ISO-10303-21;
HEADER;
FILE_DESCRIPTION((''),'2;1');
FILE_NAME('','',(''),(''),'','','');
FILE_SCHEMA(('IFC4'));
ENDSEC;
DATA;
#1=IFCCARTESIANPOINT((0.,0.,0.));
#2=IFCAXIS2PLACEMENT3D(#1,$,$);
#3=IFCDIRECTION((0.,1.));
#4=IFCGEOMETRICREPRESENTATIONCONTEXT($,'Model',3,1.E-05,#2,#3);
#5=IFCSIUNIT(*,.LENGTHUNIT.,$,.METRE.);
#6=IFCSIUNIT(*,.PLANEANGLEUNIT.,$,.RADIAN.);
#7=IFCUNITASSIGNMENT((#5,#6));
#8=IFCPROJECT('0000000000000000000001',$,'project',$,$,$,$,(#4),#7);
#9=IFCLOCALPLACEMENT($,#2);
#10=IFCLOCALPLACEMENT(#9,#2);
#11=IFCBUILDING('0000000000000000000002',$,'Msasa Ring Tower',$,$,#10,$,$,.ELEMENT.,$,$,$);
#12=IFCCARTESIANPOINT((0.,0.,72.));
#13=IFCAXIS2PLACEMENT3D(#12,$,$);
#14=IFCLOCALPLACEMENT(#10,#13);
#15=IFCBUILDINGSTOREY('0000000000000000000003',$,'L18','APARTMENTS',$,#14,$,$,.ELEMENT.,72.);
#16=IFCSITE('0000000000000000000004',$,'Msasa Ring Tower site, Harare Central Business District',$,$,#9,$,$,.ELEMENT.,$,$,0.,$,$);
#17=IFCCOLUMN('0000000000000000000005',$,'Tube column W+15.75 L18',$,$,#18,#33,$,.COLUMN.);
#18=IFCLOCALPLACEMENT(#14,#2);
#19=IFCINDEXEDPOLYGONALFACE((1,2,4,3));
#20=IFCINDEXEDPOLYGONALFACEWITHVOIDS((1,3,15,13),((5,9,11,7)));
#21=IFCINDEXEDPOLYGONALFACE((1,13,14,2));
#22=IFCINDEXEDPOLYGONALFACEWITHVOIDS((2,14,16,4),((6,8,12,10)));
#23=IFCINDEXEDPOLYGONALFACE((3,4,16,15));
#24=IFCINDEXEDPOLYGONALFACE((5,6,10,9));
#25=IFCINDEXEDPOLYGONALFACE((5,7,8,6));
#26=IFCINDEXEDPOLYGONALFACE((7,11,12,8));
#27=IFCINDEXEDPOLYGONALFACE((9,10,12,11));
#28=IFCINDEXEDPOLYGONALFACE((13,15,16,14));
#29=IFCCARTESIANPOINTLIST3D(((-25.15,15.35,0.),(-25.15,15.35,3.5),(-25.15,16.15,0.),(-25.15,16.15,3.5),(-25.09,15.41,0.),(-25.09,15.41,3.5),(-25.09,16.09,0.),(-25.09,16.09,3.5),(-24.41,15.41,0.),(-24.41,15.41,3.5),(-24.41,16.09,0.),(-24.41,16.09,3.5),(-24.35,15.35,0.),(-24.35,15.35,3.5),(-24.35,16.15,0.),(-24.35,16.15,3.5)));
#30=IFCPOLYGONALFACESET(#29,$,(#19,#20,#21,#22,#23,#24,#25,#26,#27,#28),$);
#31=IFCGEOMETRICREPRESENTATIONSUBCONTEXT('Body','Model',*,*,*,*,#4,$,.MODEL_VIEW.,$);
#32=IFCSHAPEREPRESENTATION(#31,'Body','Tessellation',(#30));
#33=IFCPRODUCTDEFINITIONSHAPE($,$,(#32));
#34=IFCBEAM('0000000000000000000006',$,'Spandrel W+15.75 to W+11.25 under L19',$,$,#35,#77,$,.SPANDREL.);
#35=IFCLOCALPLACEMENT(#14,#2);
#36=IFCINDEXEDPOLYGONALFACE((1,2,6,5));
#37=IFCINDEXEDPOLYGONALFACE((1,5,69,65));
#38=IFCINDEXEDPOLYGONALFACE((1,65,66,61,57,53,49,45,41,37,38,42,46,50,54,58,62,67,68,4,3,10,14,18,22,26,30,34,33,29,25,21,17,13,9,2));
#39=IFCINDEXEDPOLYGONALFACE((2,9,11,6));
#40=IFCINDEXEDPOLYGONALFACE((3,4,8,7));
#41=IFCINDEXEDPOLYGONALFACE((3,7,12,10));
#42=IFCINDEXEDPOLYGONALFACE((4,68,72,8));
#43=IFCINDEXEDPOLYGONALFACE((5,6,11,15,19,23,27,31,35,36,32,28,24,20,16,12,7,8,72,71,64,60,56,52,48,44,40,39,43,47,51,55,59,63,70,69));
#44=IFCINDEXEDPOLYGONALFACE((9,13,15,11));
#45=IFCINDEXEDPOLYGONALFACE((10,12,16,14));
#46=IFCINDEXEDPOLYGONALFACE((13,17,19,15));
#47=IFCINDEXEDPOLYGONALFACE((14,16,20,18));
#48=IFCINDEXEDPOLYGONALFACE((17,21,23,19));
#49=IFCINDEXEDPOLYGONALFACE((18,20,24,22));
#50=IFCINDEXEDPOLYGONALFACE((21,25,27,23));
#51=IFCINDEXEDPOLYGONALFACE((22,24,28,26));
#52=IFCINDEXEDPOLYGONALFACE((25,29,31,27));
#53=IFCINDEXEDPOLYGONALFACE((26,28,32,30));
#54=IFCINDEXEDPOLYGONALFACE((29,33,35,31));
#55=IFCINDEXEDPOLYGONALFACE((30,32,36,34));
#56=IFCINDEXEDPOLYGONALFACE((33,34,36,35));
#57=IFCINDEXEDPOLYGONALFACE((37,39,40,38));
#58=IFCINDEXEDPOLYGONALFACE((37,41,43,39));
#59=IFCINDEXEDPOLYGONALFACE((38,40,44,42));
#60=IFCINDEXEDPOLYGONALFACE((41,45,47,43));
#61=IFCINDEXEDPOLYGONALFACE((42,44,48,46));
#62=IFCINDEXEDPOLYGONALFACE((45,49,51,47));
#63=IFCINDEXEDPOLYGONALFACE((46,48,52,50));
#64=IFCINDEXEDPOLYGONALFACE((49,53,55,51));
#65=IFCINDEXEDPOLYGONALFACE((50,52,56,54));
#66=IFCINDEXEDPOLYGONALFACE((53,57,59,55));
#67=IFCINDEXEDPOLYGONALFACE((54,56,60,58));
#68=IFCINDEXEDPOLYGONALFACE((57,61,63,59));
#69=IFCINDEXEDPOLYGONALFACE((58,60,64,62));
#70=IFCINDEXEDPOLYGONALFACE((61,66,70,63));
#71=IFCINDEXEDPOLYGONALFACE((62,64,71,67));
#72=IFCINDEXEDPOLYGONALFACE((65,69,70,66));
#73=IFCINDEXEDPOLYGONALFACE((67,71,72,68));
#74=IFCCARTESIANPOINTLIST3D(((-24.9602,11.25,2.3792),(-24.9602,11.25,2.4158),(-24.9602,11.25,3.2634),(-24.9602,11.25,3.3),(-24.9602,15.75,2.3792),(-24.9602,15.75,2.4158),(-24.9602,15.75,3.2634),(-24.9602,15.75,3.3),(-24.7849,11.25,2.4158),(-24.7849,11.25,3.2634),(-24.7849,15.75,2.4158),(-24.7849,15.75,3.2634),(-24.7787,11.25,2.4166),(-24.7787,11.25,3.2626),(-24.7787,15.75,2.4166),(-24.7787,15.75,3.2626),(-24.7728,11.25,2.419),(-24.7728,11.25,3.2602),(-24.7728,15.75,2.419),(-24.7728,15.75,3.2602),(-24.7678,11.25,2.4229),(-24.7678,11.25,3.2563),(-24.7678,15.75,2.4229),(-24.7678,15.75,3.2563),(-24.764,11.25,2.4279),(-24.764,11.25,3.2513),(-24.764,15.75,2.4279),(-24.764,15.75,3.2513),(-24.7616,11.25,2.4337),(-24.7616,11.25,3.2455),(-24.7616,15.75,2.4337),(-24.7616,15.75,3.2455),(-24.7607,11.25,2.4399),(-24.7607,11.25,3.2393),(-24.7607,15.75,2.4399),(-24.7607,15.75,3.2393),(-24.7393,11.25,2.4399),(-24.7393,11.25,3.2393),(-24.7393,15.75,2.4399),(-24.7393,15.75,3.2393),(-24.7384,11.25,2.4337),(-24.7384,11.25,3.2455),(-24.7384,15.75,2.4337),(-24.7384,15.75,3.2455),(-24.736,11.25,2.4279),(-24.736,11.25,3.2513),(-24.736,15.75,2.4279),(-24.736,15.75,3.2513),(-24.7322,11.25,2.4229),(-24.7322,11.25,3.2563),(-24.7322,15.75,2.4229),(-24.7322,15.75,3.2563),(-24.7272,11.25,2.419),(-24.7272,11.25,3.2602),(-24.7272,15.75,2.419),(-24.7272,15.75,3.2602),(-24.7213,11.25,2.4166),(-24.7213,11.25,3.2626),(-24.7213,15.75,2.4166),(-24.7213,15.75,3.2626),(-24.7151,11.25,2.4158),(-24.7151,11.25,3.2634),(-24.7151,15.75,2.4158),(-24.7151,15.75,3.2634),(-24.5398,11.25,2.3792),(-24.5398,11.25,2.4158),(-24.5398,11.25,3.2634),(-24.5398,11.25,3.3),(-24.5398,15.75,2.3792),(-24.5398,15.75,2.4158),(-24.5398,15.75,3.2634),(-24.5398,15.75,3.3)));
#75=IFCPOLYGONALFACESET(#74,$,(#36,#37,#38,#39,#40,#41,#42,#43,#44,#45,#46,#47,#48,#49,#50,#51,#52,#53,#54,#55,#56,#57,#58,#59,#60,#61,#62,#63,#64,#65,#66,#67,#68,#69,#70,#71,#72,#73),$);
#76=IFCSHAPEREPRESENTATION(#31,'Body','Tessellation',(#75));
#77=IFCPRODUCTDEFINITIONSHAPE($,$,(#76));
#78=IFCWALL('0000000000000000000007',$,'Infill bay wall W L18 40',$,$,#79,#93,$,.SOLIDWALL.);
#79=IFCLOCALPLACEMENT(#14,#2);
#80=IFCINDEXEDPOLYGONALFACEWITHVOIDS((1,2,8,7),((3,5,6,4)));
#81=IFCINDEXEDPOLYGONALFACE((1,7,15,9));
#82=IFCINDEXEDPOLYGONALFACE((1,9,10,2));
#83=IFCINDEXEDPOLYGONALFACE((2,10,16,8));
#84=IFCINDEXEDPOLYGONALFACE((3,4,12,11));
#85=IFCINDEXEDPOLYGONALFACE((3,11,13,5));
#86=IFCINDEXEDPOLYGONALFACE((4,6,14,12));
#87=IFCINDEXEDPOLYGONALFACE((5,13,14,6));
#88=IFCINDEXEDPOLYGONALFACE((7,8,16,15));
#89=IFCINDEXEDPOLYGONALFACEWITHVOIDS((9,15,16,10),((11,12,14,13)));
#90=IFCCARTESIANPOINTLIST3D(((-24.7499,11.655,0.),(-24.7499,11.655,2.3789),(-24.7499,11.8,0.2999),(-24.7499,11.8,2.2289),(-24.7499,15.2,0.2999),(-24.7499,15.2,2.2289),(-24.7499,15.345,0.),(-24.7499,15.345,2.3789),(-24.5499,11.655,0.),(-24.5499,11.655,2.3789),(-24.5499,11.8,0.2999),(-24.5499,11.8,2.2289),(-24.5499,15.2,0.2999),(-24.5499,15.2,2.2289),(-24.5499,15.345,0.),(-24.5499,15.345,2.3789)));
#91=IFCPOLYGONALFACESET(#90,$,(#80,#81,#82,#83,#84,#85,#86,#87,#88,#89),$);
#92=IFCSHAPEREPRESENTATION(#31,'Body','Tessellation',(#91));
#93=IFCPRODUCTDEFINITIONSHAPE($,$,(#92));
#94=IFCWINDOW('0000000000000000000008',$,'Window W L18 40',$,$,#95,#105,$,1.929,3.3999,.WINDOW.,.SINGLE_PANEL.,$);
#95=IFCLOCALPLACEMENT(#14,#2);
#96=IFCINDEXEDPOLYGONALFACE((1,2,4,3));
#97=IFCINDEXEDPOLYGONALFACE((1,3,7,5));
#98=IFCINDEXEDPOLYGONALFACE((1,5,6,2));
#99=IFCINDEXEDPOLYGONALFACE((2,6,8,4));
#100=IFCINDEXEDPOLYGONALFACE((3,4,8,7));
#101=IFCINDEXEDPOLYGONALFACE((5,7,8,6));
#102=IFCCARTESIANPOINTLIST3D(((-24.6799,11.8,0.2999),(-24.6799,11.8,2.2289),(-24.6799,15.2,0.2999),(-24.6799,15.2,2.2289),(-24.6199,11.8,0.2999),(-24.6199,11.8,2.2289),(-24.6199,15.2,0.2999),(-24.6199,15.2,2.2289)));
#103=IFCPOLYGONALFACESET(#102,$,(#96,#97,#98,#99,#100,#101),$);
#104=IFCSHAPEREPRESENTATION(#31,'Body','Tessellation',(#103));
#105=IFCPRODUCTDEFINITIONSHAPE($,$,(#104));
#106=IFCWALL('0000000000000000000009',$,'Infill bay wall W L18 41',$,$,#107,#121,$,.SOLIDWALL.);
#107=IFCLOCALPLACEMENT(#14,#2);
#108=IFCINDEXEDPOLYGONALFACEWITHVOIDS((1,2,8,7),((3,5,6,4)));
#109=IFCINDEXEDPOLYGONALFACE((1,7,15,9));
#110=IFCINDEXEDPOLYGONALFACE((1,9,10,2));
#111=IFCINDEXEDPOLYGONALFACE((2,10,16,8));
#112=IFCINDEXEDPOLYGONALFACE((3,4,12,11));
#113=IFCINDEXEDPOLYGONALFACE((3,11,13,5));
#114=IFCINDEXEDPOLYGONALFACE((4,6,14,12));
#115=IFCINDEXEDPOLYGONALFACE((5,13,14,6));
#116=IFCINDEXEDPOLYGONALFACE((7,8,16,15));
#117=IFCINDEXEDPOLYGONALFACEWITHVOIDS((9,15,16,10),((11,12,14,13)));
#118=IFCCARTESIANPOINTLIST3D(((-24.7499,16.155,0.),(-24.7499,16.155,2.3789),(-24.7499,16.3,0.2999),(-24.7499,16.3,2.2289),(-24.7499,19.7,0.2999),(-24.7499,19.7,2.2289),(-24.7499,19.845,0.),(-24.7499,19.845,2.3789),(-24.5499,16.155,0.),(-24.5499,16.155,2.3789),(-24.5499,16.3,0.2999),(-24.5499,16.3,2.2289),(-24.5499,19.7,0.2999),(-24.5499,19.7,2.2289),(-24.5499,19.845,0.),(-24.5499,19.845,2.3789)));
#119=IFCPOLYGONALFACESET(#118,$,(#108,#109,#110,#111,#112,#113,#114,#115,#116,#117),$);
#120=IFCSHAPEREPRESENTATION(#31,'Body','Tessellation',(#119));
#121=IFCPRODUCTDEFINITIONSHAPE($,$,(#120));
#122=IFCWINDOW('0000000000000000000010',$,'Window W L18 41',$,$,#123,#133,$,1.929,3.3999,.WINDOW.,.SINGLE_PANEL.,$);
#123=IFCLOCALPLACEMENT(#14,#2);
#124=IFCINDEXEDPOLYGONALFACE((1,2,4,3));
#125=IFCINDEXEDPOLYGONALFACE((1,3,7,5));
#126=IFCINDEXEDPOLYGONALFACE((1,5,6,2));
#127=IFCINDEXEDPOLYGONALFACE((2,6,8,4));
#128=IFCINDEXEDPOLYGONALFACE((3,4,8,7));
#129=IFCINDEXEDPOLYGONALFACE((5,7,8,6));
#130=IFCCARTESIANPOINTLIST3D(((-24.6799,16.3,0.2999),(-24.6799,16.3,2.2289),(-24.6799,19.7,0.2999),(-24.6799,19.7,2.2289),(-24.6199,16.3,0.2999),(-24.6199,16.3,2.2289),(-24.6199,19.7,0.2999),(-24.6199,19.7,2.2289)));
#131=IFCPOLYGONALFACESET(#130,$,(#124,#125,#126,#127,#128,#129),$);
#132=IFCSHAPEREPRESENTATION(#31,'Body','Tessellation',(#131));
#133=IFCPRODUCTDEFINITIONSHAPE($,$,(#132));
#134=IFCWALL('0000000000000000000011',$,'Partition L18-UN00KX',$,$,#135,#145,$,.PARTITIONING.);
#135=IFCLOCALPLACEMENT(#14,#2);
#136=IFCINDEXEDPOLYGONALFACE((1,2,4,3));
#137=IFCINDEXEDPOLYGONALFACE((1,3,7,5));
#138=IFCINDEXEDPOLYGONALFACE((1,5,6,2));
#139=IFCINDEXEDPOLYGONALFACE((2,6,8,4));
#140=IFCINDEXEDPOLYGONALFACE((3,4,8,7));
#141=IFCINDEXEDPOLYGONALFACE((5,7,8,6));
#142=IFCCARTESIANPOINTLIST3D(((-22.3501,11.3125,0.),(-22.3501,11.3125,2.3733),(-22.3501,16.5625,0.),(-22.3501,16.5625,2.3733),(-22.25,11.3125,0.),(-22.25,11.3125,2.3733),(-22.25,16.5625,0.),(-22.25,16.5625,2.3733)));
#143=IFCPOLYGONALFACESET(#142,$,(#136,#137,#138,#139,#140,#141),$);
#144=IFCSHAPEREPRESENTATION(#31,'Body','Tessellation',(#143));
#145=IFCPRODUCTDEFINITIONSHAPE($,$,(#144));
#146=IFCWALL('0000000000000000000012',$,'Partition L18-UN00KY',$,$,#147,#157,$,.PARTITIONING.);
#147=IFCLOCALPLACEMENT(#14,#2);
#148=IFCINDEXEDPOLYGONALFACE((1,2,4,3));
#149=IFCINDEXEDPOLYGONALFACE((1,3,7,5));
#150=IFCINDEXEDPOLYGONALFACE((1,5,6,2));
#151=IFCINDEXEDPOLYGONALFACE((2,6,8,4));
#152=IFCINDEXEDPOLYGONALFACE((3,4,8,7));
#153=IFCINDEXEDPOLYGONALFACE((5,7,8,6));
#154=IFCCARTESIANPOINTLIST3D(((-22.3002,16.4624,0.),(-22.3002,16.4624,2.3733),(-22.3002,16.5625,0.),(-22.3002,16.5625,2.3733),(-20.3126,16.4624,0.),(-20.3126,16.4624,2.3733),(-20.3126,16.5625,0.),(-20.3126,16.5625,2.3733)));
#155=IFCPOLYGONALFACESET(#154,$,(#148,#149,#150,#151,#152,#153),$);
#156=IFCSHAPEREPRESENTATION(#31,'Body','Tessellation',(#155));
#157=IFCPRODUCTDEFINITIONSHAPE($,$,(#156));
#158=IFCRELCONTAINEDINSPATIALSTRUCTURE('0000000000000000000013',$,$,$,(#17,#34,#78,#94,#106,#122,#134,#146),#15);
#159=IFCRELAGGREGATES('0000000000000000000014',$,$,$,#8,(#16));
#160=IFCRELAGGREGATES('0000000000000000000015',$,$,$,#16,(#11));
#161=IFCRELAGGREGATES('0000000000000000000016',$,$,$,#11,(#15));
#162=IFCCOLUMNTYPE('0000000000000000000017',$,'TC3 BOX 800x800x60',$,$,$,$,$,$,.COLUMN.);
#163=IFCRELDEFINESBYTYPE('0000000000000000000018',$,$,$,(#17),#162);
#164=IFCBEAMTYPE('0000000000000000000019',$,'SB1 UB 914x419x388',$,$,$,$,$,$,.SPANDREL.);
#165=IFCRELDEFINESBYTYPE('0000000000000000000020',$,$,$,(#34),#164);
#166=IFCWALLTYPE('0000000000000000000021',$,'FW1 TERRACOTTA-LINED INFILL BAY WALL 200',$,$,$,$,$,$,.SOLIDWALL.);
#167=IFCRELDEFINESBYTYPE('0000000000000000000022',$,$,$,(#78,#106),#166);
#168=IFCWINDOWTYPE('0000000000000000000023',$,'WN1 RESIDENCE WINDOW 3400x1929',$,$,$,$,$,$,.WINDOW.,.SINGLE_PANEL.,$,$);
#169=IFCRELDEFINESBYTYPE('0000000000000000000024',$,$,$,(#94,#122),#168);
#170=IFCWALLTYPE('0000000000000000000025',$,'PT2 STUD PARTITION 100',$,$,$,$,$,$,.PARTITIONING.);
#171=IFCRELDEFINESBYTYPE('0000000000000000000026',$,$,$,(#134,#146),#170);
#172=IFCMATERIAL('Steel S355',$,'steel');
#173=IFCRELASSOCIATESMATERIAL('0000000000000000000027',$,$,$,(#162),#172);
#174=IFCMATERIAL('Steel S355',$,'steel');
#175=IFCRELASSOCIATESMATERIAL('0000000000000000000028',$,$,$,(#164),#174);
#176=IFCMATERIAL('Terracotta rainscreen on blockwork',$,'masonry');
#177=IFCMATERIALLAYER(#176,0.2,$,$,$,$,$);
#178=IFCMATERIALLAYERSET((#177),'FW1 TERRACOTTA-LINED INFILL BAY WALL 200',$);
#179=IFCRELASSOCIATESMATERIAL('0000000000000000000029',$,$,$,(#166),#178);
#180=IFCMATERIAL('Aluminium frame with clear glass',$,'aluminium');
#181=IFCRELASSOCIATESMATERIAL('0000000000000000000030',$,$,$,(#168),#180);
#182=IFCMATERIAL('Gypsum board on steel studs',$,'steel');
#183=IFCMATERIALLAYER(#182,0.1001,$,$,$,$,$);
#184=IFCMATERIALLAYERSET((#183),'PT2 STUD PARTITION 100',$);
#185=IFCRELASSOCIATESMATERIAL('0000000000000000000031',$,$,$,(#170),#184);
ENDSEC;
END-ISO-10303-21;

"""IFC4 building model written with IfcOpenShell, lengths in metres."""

from ifc_helpers import new_model, si_unit, direction, frame, frame_2d, origin, origin_2d, place, context, subcontext, project, spatial, rectangle, hollow_rectangle, i_section, extrude, material, layer, layer_set, material_profile, profile_set, type_object, element, fill, save


model = new_model("IFC4")

# Units and contexts
model_context = context("Model", 3, precision=1e-05, world=origin(), true_north=direction((0.0, 1.0)))
body_context = subcontext(model_context, "Body", "Model", "MODEL_VIEW")
ifc_project = project(units=[si_unit("LENGTHUNIT", "METRE"), si_unit("PLANEANGLEUNIT", "RADIAN")], contexts=[model_context])

# Site, building, storey
site_placement = place(None, origin())
site = spatial("IfcSite", under=ifc_project, at=site_placement, Name="Msasa Ring Tower site, Harare Central Business District", CompositionType="ELEMENT", RefElevation=0.0)
building_placement = place(site_placement, origin())
building = spatial("IfcBuilding", under=site, at=building_placement, Name="Msasa Ring Tower", CompositionType="ELEMENT")
storey_placement = place(building_placement, frame((0.0, 0.0, 72.0)))
storey = spatial("IfcBuildingStorey", under=building, at=storey_placement, Name="L18", Description="APARTMENTS", CompositionType="ELEMENT", Elevation=72.0)

# Column
ifc_material_1 = material(Name="Steel S355", Category="steel")
ifc_material_profile_1 = material_profile(ifc_material_1, hollow_rectangle(XDim=0.8, YDim=0.8, WallThickness=0.0601, at=origin_2d()), Name="BOX 800x800x60")
ifc_profile_set_1 = profile_set([ifc_material_profile_1], Name="Steel S355")
column_type = type_object("IfcColumnType", Name="TC3 BOX 800x800x60", PredefinedType="COLUMN", material=ifc_profile_set_1)
column_placement = place(storey_placement, frame((-24.75, 15.75, 0.0), z_axis=(0.0, 0.0, 1.0), x_axis=(1.0, 0.0, 0.0)))
element("IfcColumn", 1, at=column_placement, inside=storey, type_object=column_type, Name="Tube column W+15.75 L18", PredefinedType="COLUMN", context=body_context, shape_type="SweptSolid", body=[
    extrude(hollow_rectangle(XDim=0.8, YDim=0.8, WallThickness=0.0601, at=origin_2d()), origin(), (0.0, 0.0, 1.0), 3.5),
])

# Beam
ifc_material_2 = material(Name="Steel S355", Category="steel")
ifc_material_profile_2 = material_profile(ifc_material_2, i_section(OverallWidth=0.4204, OverallDepth=0.9209, WebThickness=0.0215, FlangeThickness=0.0366, FilletRadius=0.0242, at=origin_2d()), Name="UB 914x419x388")
ifc_profile_set_2 = profile_set([ifc_material_profile_2], Name="Steel S355")
beam_type = type_object("IfcBeamType", Name="SB1 UB 914x419x388", PredefinedType="SPANDREL", material=ifc_profile_set_2)
beam_placement = place(storey_placement, frame((-24.75, 15.75, 2.8396), z_axis=(0.0, -1.0, 0.0), x_axis=(1.0, 0.0, 0.0)))
element("IfcBeam", 2, at=beam_placement, inside=storey, type_object=beam_type, Name="Spandrel W+15.75 to W+11.25 under L19", PredefinedType="SPANDREL", context=body_context, shape_type="SweptSolid", body=[
    extrude(i_section(OverallWidth=0.4204, OverallDepth=0.9209, WebThickness=0.0215, FlangeThickness=0.0366, FilletRadius=0.0242, at=origin_2d()), origin(), (0.0, 0.0, 1.0), 4.5),
])

# Walls, openings, windows
ifc_material_3 = material(Name="Terracotta rainscreen on blockwork", Category="masonry")
ifc_layer_1 = layer(ifc_material_3, 0.2)
ifc_layer_set_1 = layer_set([ifc_layer_1], Name="FW1 TERRACOTTA-LINED INFILL BAY WALL 200")
wall_type_1 = type_object("IfcWallType", Name="FW1 TERRACOTTA-LINED INFILL BAY WALL 200", PredefinedType="SOLIDWALL", material=ifc_layer_set_1)
wall_1_placement = place(storey_placement, frame((-24.6499, 11.655, 0.0), z_axis=(0.0, 0.0, 1.0), x_axis=(0.0, 1.0, 0.0)))
wall_1 = element("IfcWall", 3, at=wall_1_placement, inside=storey, type_object=wall_type_1, Name="Infill bay wall W L18 40", PredefinedType="SOLIDWALL", context=body_context, shape_type="SweptSolid", body=[
    extrude(rectangle(XDim=3.6899, YDim=0.2, at=frame_2d((1.845, 0.0))), origin(), (0.0, 0.0, 1.0), 2.3789),
])
opening_1_placement = place(wall_1_placement, frame((0.145, 0.0, 0.3)))
opening_1 = element("IfcOpeningElement", 4, at=opening_1_placement, cuts=wall_1, PredefinedType="OPENING", context=body_context, shape_type="SweptSolid", body=[
    extrude(rectangle(XDim=3.3999, YDim=1.929, at=frame_2d((1.7, 0.9644))), frame((0.0, 0.1099, 0.0), z_axis=(0.0, -1.0, 0.0), x_axis=(1.0, 0.0, 0.0)), (0.0, 0.0, 1.0), 0.22),
])
ifc_material_4 = material(Name="Aluminium frame with clear glass", Category="aluminium")
window_type = type_object("IfcWindowType", Name="WN1 RESIDENCE WINDOW 3400x1929", PartitioningType="SINGLE_PANEL", PredefinedType="WINDOW", material=ifc_material_4)
window_1_placement = place(opening_1_placement, origin())
window_1 = element("IfcWindow", 5, at=window_1_placement, inside=storey, type_object=window_type, Name="Window W L18 40", OverallHeight=1.929, OverallWidth=3.3999, PartitioningType="SINGLE_PANEL", PredefinedType="WINDOW", context=body_context, shape_type="SweptSolid", body=[
    extrude(rectangle(XDim=3.3999, YDim=1.929, at=frame_2d((1.7, 0.9644))), frame((0.0, 0.03, 0.0), z_axis=(0.0, -1.0, 0.0), x_axis=(1.0, 0.0, 0.0)), (0.0, 0.0, 1.0), 0.0601),
])
fill(opening_1, window_1)
wall_2_placement = place(storey_placement, frame((-24.6499, 16.155, 0.0), z_axis=(0.0, 0.0, 1.0), x_axis=(0.0, 1.0, 0.0)))
wall_2 = element("IfcWall", 6, at=wall_2_placement, inside=storey, type_object=wall_type_1, Name="Infill bay wall W L18 41", PredefinedType="SOLIDWALL", context=body_context, shape_type="SweptSolid", body=[
    extrude(rectangle(XDim=3.6899, YDim=0.2, at=frame_2d((1.845, 0.0))), origin(), (0.0, 0.0, 1.0), 2.3789),
])
opening_2_placement = place(wall_2_placement, frame((0.145, 0.0, 0.3)))
opening_2 = element("IfcOpeningElement", 7, at=opening_2_placement, cuts=wall_2, PredefinedType="OPENING", context=body_context, shape_type="SweptSolid", body=[
    extrude(rectangle(XDim=3.3999, YDim=1.929, at=frame_2d((1.7, 0.9644))), frame((0.0, 0.1099, 0.0), z_axis=(0.0, -1.0, 0.0), x_axis=(1.0, 0.0, 0.0)), (0.0, 0.0, 1.0), 0.22),
])
window_2_placement = place(opening_2_placement, origin())
window_2 = element("IfcWindow", 8, at=window_2_placement, inside=storey, type_object=window_type, Name="Window W L18 41", OverallHeight=1.929, OverallWidth=3.3999, PartitioningType="SINGLE_PANEL", PredefinedType="WINDOW", context=body_context, shape_type="SweptSolid", body=[
    extrude(rectangle(XDim=3.3999, YDim=1.929, at=frame_2d((1.7, 0.9644))), frame((0.0, 0.03, 0.0), z_axis=(0.0, -1.0, 0.0), x_axis=(1.0, 0.0, 0.0)), (0.0, 0.0, 1.0), 0.0601),
])
fill(opening_2, window_2)

# Walls
ifc_material_5 = material(Name="Gypsum board on steel studs", Category="steel")
ifc_layer_2 = layer(ifc_material_5, 0.1001)
ifc_layer_set_2 = layer_set([ifc_layer_2], Name="PT2 STUD PARTITION 100")
wall_type_2 = type_object("IfcWallType", Name="PT2 STUD PARTITION 100", PredefinedType="PARTITIONING", material=ifc_layer_set_2)
wall_3_placement = place(storey_placement, frame((-22.3, 11.3125, 0.0), z_axis=(0.0, 0.0, 1.0), x_axis=(0.0, 1.0, 0.0)))
element("IfcWall", 9, at=wall_3_placement, inside=storey, type_object=wall_type_2, Name="Partition L18-UN00KX", PredefinedType="PARTITIONING", context=body_context, shape_type="SweptSolid", body=[
    extrude(rectangle(XDim=5.25, YDim=0.1001, at=frame_2d((2.625, 0.0))), origin(), (0.0, 0.0, 1.0), 2.3733),
])
wall_4_placement = place(storey_placement, frame((-22.3, 16.5125, 0.0), z_axis=(0.0, 0.0, 1.0), x_axis=(1.0, 0.0, 0.0)))
element("IfcWall", 10, at=wall_4_placement, inside=storey, type_object=wall_type_2, Name="Partition L18-UN00KY", PredefinedType="PARTITIONING", context=body_context, shape_type="SweptSolid", body=[
    extrude(rectangle(XDim=1.9875, YDim=0.1001, at=frame_2d((0.9937, 0.0))), origin(), (0.0, 0.0, 1.0), 2.3733),
])

save(model, "model.ifc")
